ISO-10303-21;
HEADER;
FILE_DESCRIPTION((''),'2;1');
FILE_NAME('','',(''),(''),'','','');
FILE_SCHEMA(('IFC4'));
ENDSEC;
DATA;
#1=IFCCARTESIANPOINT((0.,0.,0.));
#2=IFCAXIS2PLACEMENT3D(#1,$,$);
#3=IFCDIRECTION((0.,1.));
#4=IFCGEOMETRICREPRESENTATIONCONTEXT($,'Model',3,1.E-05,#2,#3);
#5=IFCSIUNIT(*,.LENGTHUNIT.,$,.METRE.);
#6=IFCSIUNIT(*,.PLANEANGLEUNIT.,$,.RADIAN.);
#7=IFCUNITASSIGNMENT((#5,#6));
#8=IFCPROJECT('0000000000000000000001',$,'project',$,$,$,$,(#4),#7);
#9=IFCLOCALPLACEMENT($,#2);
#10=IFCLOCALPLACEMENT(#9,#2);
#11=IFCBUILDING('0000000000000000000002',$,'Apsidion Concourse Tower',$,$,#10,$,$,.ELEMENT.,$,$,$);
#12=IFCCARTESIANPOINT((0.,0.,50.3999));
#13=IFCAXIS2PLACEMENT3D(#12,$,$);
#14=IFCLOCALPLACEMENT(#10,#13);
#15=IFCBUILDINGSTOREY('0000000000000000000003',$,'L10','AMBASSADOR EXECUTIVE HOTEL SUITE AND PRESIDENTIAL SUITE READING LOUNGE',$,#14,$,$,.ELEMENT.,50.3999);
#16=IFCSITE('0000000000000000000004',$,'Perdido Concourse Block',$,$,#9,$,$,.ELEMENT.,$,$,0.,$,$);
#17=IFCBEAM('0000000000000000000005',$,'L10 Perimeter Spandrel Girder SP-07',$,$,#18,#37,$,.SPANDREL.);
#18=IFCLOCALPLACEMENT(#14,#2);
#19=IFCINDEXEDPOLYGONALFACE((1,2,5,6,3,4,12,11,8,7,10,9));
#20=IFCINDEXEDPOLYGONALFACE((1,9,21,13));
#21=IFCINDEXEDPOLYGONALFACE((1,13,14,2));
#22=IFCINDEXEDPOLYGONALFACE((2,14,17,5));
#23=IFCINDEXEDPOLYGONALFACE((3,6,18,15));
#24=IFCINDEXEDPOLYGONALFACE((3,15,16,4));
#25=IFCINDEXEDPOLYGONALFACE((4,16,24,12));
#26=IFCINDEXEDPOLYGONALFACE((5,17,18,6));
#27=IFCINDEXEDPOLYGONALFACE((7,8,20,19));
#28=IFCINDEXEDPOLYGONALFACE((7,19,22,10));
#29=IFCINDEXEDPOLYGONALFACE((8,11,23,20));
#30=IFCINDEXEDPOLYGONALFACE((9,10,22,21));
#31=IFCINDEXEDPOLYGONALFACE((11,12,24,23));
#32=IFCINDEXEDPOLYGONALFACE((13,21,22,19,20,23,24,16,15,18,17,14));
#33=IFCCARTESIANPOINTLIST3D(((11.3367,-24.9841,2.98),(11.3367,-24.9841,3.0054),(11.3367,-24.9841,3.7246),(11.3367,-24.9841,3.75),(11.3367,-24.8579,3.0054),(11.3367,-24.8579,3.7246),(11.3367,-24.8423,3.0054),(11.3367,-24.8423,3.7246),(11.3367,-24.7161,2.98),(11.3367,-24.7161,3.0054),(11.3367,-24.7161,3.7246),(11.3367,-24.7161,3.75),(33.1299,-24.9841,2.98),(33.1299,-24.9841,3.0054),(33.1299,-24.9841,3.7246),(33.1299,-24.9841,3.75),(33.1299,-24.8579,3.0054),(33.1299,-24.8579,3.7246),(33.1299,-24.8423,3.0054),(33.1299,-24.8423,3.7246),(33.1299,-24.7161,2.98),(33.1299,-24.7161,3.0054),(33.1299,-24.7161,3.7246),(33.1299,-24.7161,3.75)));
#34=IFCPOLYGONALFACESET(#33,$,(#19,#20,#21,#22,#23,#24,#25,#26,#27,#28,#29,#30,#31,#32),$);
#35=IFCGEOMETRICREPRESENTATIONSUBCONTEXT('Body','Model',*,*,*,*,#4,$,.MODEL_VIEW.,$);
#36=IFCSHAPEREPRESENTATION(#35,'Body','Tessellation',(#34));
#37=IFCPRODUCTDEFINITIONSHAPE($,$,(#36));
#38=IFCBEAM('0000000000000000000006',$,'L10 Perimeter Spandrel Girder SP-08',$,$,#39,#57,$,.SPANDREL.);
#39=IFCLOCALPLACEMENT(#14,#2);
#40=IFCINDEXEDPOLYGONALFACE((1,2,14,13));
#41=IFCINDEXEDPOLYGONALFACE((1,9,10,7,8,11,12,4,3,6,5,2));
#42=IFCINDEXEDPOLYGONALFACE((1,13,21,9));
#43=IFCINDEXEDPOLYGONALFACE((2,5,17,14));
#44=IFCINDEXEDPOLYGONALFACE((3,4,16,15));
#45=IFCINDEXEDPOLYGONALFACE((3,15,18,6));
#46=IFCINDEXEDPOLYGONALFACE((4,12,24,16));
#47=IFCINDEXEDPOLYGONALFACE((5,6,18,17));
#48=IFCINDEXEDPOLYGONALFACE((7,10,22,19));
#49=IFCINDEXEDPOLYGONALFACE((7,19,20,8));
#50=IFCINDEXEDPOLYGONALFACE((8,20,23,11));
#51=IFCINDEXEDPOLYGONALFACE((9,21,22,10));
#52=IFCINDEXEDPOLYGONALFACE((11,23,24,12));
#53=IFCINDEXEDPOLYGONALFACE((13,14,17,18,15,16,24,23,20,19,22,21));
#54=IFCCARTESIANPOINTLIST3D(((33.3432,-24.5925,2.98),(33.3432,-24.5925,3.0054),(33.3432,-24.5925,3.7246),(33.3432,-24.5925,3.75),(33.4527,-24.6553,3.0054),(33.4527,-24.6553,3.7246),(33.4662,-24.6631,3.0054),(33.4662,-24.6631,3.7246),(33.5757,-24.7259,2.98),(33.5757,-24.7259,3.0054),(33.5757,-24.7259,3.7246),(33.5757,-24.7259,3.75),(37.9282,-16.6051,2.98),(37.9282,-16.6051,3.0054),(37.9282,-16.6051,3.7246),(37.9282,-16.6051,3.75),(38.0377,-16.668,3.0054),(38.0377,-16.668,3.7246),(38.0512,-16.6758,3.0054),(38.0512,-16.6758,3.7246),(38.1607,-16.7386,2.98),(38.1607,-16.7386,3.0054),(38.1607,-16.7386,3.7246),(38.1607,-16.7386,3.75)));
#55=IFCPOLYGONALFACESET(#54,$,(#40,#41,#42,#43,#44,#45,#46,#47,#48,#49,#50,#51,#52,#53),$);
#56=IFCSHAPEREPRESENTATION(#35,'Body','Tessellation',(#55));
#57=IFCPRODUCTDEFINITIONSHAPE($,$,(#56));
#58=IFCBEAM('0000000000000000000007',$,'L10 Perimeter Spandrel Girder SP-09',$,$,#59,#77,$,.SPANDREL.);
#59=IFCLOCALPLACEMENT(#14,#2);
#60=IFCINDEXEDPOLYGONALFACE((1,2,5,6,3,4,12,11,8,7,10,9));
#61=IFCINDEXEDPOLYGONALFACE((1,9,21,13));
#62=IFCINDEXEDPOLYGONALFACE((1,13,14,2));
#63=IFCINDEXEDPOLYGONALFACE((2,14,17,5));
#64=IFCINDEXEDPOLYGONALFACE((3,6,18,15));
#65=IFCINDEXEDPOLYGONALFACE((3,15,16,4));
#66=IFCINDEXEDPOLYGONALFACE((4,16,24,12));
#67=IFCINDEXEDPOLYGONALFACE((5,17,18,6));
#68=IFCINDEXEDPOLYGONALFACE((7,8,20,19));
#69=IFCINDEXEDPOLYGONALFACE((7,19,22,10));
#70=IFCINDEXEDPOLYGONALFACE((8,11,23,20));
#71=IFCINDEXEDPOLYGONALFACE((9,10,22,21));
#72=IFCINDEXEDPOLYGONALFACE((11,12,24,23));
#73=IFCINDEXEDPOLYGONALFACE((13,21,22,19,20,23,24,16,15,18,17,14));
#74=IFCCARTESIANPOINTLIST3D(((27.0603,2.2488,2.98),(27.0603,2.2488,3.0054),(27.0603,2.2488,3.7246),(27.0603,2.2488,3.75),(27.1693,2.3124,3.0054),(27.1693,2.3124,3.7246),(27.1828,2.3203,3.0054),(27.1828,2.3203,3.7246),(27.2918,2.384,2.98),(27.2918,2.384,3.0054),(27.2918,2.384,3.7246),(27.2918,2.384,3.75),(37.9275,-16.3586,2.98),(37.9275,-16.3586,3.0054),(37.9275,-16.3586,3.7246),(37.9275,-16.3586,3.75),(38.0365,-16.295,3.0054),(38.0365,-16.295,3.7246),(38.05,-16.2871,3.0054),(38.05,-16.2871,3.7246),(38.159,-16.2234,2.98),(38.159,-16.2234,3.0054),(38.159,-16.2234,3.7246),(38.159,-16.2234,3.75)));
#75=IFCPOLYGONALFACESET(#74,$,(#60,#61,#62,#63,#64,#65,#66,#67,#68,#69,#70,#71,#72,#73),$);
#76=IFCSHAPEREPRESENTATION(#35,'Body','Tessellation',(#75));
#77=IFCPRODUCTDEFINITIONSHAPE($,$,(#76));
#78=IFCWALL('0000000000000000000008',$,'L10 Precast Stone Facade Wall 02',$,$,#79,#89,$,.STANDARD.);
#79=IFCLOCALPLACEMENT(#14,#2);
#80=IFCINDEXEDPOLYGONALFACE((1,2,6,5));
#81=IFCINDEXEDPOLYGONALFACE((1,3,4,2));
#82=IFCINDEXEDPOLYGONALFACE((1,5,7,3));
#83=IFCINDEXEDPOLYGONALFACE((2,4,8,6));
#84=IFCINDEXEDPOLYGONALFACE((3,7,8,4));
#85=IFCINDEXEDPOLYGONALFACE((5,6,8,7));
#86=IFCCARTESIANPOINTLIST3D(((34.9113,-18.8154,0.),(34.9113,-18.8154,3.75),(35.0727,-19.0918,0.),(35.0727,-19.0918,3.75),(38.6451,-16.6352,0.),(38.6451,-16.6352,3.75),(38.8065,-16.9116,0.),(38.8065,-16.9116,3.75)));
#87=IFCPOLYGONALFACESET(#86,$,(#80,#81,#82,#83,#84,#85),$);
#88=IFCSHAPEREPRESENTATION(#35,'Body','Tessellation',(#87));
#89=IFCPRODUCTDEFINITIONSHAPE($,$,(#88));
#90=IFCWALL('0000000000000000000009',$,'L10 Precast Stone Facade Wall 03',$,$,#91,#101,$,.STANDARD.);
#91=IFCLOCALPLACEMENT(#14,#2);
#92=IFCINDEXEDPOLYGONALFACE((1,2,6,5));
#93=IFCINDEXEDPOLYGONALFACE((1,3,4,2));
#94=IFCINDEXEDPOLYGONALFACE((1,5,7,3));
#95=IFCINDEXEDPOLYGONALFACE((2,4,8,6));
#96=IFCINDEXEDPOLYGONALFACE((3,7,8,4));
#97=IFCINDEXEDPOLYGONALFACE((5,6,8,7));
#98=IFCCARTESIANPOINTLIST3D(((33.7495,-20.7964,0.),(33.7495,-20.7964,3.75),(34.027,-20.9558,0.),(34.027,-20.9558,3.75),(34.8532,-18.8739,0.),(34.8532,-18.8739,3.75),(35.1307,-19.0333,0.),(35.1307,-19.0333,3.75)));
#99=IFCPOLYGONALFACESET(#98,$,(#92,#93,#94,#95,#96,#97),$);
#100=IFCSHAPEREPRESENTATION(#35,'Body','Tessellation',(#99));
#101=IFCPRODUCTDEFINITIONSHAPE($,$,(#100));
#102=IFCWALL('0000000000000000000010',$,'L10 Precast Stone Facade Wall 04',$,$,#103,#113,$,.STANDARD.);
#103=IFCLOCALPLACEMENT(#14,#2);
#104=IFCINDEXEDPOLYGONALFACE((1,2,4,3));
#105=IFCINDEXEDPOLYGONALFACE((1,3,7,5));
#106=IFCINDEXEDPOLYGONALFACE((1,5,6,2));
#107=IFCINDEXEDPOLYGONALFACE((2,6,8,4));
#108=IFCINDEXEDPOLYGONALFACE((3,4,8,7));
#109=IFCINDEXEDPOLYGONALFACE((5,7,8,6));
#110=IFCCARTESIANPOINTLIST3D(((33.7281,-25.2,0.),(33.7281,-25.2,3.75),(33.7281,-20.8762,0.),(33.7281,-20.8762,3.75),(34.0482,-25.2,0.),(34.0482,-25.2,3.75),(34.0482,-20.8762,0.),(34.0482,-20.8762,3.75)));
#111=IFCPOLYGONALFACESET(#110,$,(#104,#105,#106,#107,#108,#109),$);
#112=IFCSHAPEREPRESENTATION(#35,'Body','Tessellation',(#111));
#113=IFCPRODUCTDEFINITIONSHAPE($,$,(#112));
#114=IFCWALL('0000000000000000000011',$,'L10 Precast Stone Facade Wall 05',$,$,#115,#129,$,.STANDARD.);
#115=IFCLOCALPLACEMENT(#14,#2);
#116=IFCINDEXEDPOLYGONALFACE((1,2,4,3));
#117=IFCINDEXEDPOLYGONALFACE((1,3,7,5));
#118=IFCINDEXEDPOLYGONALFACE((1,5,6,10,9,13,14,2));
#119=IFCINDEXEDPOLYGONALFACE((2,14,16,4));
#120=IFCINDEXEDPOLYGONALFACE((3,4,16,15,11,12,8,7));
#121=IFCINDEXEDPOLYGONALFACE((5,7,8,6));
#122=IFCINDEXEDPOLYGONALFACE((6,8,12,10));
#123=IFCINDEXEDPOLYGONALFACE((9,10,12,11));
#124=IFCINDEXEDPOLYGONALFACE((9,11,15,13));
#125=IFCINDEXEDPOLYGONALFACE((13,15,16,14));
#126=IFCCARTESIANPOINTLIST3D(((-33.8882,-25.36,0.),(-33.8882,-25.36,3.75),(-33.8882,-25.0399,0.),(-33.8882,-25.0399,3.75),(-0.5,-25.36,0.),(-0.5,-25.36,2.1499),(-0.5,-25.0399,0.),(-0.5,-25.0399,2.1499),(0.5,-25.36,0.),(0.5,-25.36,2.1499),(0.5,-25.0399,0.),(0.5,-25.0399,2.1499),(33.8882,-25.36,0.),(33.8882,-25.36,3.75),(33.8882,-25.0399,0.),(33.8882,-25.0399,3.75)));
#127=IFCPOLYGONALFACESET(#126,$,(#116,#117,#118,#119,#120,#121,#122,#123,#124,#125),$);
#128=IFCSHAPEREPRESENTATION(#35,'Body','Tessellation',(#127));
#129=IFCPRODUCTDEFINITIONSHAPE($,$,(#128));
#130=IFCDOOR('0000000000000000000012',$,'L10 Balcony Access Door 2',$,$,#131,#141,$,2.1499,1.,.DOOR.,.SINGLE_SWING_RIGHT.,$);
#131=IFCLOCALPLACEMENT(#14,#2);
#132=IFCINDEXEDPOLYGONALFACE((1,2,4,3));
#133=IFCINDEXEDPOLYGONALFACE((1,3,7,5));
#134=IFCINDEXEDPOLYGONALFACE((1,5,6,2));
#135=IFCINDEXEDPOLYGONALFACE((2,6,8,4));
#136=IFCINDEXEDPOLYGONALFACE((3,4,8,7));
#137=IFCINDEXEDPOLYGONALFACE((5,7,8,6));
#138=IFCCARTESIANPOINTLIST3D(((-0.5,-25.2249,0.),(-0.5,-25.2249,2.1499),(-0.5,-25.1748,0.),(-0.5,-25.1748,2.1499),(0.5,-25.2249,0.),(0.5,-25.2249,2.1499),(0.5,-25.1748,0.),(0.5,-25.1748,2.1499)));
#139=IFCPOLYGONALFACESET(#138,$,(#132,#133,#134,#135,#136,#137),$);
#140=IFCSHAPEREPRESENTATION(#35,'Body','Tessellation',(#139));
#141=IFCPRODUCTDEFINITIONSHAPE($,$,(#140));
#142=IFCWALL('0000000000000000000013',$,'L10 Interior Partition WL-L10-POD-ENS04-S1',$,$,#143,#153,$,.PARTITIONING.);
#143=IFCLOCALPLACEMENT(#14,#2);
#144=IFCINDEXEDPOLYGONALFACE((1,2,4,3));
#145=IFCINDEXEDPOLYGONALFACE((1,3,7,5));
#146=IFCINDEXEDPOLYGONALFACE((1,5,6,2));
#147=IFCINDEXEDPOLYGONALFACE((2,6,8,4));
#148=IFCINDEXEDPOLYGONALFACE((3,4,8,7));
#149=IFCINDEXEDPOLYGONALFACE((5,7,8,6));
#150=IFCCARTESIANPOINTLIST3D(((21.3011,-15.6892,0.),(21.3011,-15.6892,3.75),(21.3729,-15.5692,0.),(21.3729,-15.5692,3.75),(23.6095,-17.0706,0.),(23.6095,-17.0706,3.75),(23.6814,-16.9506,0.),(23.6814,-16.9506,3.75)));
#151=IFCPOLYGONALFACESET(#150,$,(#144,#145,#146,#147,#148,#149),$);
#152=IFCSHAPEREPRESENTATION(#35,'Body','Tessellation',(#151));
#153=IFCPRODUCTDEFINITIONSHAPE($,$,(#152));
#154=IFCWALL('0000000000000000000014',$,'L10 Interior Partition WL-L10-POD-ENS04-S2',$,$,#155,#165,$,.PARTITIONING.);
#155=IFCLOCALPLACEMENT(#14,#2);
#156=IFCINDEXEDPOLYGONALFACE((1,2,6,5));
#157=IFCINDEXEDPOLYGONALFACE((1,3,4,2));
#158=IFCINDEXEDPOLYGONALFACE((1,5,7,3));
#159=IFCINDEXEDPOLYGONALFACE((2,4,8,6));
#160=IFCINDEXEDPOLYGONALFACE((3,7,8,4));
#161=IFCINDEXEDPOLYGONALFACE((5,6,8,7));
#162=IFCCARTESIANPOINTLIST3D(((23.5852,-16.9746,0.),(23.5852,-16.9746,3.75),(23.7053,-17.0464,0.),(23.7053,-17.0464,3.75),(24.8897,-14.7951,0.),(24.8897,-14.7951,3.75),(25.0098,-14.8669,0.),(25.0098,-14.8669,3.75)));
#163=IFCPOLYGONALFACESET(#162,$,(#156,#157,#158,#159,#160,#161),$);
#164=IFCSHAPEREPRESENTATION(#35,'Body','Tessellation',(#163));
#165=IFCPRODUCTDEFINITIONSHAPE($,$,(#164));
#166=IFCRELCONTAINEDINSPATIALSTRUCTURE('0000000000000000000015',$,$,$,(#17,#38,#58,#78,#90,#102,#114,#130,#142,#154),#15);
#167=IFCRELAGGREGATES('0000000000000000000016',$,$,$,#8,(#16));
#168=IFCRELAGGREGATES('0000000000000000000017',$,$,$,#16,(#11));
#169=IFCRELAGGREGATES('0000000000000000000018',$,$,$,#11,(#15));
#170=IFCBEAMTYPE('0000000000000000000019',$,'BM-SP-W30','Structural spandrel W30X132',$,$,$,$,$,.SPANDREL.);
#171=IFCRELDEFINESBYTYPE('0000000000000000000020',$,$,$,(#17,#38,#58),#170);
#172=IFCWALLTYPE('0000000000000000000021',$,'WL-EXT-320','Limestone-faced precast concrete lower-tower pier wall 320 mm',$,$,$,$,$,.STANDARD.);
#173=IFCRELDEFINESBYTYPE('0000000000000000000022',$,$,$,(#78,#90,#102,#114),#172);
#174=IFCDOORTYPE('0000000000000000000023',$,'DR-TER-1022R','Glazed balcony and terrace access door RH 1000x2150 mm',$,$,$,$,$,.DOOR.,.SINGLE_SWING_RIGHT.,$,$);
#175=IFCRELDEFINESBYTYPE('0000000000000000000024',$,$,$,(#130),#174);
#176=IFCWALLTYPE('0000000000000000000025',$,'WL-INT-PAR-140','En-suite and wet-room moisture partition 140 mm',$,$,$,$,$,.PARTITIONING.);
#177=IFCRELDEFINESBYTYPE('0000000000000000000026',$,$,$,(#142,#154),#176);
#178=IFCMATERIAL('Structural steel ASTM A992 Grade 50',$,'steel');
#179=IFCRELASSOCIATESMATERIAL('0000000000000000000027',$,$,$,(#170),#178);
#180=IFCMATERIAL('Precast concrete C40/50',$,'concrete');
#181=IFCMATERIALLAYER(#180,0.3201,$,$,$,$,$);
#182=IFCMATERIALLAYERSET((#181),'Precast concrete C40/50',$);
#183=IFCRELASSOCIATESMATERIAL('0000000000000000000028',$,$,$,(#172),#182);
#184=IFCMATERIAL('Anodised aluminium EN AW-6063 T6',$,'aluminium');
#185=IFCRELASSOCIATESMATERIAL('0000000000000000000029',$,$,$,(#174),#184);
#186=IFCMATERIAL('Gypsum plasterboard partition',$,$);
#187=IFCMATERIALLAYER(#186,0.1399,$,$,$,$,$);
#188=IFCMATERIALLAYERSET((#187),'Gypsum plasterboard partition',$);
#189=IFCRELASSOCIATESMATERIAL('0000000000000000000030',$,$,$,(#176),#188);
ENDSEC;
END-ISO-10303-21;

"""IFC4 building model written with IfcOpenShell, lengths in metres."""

from ifc_helpers import new_model, si_unit, direction, frame, frame_2d, origin, origin_2d, place, context, subcontext, project, spatial, rectangle, i_section, extrude, material, layer, layer_set, material_profile, profile_set, type_object, element, fill, save


model = new_model("IFC4")

# Units and contexts
model_context = context("Model", 3, precision=1e-05, world=origin(), true_north=direction((0.0, 1.0)))
body_context = subcontext(model_context, "Body", "Model", "MODEL_VIEW")
ifc_project = project(units=[si_unit("LENGTHUNIT", "METRE"), si_unit("PLANEANGLEUNIT", "RADIAN")], contexts=[model_context])

# Site, building, storey
site_placement = place(None, origin())
site = spatial("IfcSite", under=ifc_project, at=site_placement, Name="Perdido Concourse Block", CompositionType="ELEMENT", RefElevation=0.0)
building_placement = place(site_placement, origin())
building = spatial("IfcBuilding", under=site, at=building_placement, Name="Apsidion Concourse Tower", CompositionType="ELEMENT")
storey_placement = place(building_placement, frame((0.0, 0.0, 50.3999)))
storey = spatial("IfcBuildingStorey", under=building, at=storey_placement, Name="L10", Description="AMBASSADOR EXECUTIVE HOTEL SUITE AND PRESIDENTIAL SUITE READING LOUNGE", CompositionType="ELEMENT", Elevation=50.3999)

# Beams
ifc_material_1 = material(Name="Structural steel ASTM A992 Grade 50", Category="steel")
ifc_material_profile_1 = material_profile(ifc_material_1, i_section(OverallWidth=0.2681, OverallDepth=0.77, WebThickness=0.0156, FlangeThickness=0.0254, at=origin_2d()), Name="W30X132")
ifc_profile_set_1 = profile_set([ifc_material_profile_1], Name="Structural steel ASTM A992 Grade 50")
beam_type_1 = type_object("IfcBeamType", Name="BM-SP-W30", Description="Structural spandrel W30X132", PredefinedType="SPANDREL", material=ifc_profile_set_1)
beam_1_placement = place(storey_placement, frame((11.3367, -24.8501, 3.365), z_axis=(1.0, 0.0, 0.0), x_axis=(0.0, 1.0, 0.0)))
element("IfcBeam", 1, at=beam_1_placement, inside=storey, type_object=beam_type_1, Name="L10 Perimeter Spandrel Girder SP-07", PredefinedType="SPANDREL", context=body_context, shape_type="SweptSolid", body=[
    extrude(i_section(OverallWidth=0.2681, OverallDepth=0.77, WebThickness=0.0156, FlangeThickness=0.0254, at=origin_2d()), origin(), (0.0, 0.0, 1.0), 21.7932),
])
beam_2_placement = place(storey_placement, frame((33.4595, -24.6592, 3.365), z_axis=(0.497839, 0.867269, 0.0), x_axis=(-0.867269, 0.497839, 0.0)))
element("IfcBeam", 2, at=beam_2_placement, inside=storey, type_object=beam_type_1, Name="L10 Perimeter Spandrel Girder SP-08", PredefinedType="SPANDREL", context=body_context, shape_type="SweptSolid", body=[
    extrude(i_section(OverallWidth=0.2681, OverallDepth=0.77, WebThickness=0.0156, FlangeThickness=0.0254, at=origin_2d()), origin(), (0.0, 0.0, 1.0), 9.2097),
])
beam_3_placement = place(storey_placement, frame((38.0432, -16.291, 3.365), z_axis=(-0.504316, 0.863519, 0.0), x_axis=(-0.863519, -0.504316, 0.0)))
element("IfcBeam", 3, at=beam_3_placement, inside=storey, type_object=beam_type_1, Name="L10 Perimeter Spandrel Girder SP-09", PredefinedType="SPANDREL", context=body_context, shape_type="SweptSolid", body=[
    extrude(i_section(OverallWidth=0.2681, OverallDepth=0.77, WebThickness=0.0156, FlangeThickness=0.0254, at=origin_2d()), origin(), (0.0, 0.0, 1.0), 21.5483),
])

# Walls
ifc_material_2 = material(Name="Precast concrete C40/50", Category="concrete")
ifc_layer_1 = layer(ifc_material_2, 0.3201)
ifc_layer_set_1 = layer_set([ifc_layer_1], Name="Precast concrete C40/50")
wall_type_1 = type_object("IfcWallType", Name="WL-EXT-320", Description="Limestone-faced precast concrete lower-tower pier wall 320 mm", PredefinedType="STANDARD", material=ifc_layer_set_1)
wall_1_placement = place(storey_placement, frame((38.7258, -16.7734, 0.0), z_axis=(0.0, 0.0, 1.0), x_axis=(-0.86357, -0.504229, 0.0)))
element("IfcWall", 4, at=wall_1_placement, inside=storey, type_object=wall_type_1, Name="L10 Precast Stone Facade Wall 02", PredefinedType="STANDARD", context=body_context, shape_type="SweptSolid", body=[
    extrude(rectangle(XDim=4.3237, YDim=0.3201, at=frame_2d((2.1619, 0.0))), origin(), (0.0, 0.0, 1.0), 3.75),
])
wall_2_placement = place(storey_placement, frame((34.9919, -18.9536, 0.0), z_axis=(0.0, 0.0, 1.0), x_axis=(-0.497881, -0.867245, 0.0)))
element("IfcWall", 5, at=wall_2_placement, inside=storey, type_object=wall_type_1, Name="L10 Precast Stone Facade Wall 03", PredefinedType="STANDARD", context=body_context, shape_type="SweptSolid", body=[
    extrude(rectangle(XDim=2.2168, YDim=0.3201, at=frame_2d((1.1084, 0.0))), origin(), (0.0, 0.0, 1.0), 3.75),
])
wall_3_placement = place(storey_placement, frame((33.8882, -20.8762, 0.0), z_axis=(0.0, 0.0, 1.0), x_axis=(0.0, -1.0, 0.0)))
element("IfcWall", 6, at=wall_3_placement, inside=storey, type_object=wall_type_1, Name="L10 Precast Stone Facade Wall 04", PredefinedType="STANDARD", context=body_context, shape_type="SweptSolid", body=[
    extrude(rectangle(XDim=4.3237, YDim=0.3201, at=frame_2d((2.1619, 0.0))), origin(), (0.0, 0.0, 1.0), 3.75),
])

# Wall, opening, door
wall_4_placement = place(storey_placement, frame((33.8882, -25.2, 0.0), z_axis=(0.0, 0.0, 1.0), x_axis=(-1.0, 0.0, 0.0)))
wall_4 = element("IfcWall", 7, at=wall_4_placement, inside=storey, type_object=wall_type_1, Name="L10 Precast Stone Facade Wall 05", PredefinedType="STANDARD", context=body_context, shape_type="SweptSolid", body=[
    extrude(rectangle(XDim=67.7764, YDim=0.3201, at=frame_2d((33.8882, 0.0))), origin(), (0.0, 0.0, 1.0), 3.75),
])
opening_1_placement = place(wall_4_placement, frame((33.3882, 0.0, 0.0)))
opening_1 = element("IfcOpeningElement", 8, at=opening_1_placement, cuts=wall_4, PredefinedType="OPENING", context=body_context, shape_type="SweptSolid", body=[
    extrude(rectangle(XDim=1.0, YDim=2.1499, at=frame_2d((0.5, 1.075))), frame((0.0, 0.1699, 0.0), z_axis=(0.0, -1.0, 0.0), x_axis=(1.0, 0.0, 0.0)), (0.0, 0.0, 1.0), 0.3401),
])
ifc_material_3 = material(Name="Anodised aluminium EN AW-6063 T6", Category="aluminium")
door_type_1 = type_object("IfcDoorType", Name="DR-TER-1022R", Description="Glazed balcony and terrace access door RH 1000x2150 mm", OperationType="SINGLE_SWING_RIGHT", PredefinedType="DOOR", material=ifc_material_3)
door_1_placement = place(opening_1_placement, origin())
door_1 = element("IfcDoor", 9, at=door_1_placement, inside=storey, type_object=door_type_1, Name="L10 Balcony Access Door 2", OperationType="SINGLE_SWING_RIGHT", OverallHeight=2.1499, OverallWidth=1.0, PredefinedType="DOOR", context=body_context, shape_type="SweptSolid", body=[
    extrude(rectangle(XDim=1.0, YDim=2.1499, at=frame_2d((0.5, 1.075))), frame((0.0, 0.0249, 0.0), z_axis=(0.0, -1.0, 0.0), x_axis=(1.0, 0.0, 0.0)), (0.0, 0.0, 1.0), 0.05),
])
fill(opening_1, door_1)

# Walls
ifc_material_4 = material(Name="Gypsum plasterboard partition")
ifc_layer_2 = layer(ifc_material_4, 0.1399)
ifc_layer_set_2 = layer_set([ifc_layer_2], Name="Gypsum plasterboard partition")
wall_type_2 = type_object("IfcWallType", Name="WL-INT-PAR-140", Description="En-suite and wet-room moisture partition 140 mm", PredefinedType="PARTITIONING", material=ifc_layer_set_2)
wall_5_placement = place(storey_placement, frame((21.3369, -15.6292, 0.0), z_axis=(0.0, 0.0, 1.0), x_axis=(0.858093, -0.513494, 0.0)))
element("IfcWall", 10, at=wall_5_placement, inside=storey, type_object=wall_type_2, Name="L10 Interior Partition WL-L10-POD-ENS04-S1", PredefinedType="PARTITIONING", context=body_context, shape_type="SweptSolid", body=[
    extrude(rectangle(XDim=2.6902, YDim=0.1399, at=frame_2d((1.3452, 0.0))), origin(), (0.0, 0.0, 1.0), 3.75),
])
wall_6_placement = place(storey_placement, frame((23.6453, -17.0105, 0.0), z_axis=(0.0, 0.0, 1.0), x_axis=(0.513563, 0.858052, 0.0)))
element("IfcWall", 11, at=wall_6_placement, inside=storey, type_object=wall_type_2, Name="L10 Interior Partition WL-L10-POD-ENS04-S2", PredefinedType="PARTITIONING", context=body_context, shape_type="SweptSolid", body=[
    extrude(rectangle(XDim=2.54, YDim=0.1399, at=frame_2d((1.27, 0.0))), origin(), (0.0, 0.0, 1.0), 3.75),
])

save(model, "model.ifc")
